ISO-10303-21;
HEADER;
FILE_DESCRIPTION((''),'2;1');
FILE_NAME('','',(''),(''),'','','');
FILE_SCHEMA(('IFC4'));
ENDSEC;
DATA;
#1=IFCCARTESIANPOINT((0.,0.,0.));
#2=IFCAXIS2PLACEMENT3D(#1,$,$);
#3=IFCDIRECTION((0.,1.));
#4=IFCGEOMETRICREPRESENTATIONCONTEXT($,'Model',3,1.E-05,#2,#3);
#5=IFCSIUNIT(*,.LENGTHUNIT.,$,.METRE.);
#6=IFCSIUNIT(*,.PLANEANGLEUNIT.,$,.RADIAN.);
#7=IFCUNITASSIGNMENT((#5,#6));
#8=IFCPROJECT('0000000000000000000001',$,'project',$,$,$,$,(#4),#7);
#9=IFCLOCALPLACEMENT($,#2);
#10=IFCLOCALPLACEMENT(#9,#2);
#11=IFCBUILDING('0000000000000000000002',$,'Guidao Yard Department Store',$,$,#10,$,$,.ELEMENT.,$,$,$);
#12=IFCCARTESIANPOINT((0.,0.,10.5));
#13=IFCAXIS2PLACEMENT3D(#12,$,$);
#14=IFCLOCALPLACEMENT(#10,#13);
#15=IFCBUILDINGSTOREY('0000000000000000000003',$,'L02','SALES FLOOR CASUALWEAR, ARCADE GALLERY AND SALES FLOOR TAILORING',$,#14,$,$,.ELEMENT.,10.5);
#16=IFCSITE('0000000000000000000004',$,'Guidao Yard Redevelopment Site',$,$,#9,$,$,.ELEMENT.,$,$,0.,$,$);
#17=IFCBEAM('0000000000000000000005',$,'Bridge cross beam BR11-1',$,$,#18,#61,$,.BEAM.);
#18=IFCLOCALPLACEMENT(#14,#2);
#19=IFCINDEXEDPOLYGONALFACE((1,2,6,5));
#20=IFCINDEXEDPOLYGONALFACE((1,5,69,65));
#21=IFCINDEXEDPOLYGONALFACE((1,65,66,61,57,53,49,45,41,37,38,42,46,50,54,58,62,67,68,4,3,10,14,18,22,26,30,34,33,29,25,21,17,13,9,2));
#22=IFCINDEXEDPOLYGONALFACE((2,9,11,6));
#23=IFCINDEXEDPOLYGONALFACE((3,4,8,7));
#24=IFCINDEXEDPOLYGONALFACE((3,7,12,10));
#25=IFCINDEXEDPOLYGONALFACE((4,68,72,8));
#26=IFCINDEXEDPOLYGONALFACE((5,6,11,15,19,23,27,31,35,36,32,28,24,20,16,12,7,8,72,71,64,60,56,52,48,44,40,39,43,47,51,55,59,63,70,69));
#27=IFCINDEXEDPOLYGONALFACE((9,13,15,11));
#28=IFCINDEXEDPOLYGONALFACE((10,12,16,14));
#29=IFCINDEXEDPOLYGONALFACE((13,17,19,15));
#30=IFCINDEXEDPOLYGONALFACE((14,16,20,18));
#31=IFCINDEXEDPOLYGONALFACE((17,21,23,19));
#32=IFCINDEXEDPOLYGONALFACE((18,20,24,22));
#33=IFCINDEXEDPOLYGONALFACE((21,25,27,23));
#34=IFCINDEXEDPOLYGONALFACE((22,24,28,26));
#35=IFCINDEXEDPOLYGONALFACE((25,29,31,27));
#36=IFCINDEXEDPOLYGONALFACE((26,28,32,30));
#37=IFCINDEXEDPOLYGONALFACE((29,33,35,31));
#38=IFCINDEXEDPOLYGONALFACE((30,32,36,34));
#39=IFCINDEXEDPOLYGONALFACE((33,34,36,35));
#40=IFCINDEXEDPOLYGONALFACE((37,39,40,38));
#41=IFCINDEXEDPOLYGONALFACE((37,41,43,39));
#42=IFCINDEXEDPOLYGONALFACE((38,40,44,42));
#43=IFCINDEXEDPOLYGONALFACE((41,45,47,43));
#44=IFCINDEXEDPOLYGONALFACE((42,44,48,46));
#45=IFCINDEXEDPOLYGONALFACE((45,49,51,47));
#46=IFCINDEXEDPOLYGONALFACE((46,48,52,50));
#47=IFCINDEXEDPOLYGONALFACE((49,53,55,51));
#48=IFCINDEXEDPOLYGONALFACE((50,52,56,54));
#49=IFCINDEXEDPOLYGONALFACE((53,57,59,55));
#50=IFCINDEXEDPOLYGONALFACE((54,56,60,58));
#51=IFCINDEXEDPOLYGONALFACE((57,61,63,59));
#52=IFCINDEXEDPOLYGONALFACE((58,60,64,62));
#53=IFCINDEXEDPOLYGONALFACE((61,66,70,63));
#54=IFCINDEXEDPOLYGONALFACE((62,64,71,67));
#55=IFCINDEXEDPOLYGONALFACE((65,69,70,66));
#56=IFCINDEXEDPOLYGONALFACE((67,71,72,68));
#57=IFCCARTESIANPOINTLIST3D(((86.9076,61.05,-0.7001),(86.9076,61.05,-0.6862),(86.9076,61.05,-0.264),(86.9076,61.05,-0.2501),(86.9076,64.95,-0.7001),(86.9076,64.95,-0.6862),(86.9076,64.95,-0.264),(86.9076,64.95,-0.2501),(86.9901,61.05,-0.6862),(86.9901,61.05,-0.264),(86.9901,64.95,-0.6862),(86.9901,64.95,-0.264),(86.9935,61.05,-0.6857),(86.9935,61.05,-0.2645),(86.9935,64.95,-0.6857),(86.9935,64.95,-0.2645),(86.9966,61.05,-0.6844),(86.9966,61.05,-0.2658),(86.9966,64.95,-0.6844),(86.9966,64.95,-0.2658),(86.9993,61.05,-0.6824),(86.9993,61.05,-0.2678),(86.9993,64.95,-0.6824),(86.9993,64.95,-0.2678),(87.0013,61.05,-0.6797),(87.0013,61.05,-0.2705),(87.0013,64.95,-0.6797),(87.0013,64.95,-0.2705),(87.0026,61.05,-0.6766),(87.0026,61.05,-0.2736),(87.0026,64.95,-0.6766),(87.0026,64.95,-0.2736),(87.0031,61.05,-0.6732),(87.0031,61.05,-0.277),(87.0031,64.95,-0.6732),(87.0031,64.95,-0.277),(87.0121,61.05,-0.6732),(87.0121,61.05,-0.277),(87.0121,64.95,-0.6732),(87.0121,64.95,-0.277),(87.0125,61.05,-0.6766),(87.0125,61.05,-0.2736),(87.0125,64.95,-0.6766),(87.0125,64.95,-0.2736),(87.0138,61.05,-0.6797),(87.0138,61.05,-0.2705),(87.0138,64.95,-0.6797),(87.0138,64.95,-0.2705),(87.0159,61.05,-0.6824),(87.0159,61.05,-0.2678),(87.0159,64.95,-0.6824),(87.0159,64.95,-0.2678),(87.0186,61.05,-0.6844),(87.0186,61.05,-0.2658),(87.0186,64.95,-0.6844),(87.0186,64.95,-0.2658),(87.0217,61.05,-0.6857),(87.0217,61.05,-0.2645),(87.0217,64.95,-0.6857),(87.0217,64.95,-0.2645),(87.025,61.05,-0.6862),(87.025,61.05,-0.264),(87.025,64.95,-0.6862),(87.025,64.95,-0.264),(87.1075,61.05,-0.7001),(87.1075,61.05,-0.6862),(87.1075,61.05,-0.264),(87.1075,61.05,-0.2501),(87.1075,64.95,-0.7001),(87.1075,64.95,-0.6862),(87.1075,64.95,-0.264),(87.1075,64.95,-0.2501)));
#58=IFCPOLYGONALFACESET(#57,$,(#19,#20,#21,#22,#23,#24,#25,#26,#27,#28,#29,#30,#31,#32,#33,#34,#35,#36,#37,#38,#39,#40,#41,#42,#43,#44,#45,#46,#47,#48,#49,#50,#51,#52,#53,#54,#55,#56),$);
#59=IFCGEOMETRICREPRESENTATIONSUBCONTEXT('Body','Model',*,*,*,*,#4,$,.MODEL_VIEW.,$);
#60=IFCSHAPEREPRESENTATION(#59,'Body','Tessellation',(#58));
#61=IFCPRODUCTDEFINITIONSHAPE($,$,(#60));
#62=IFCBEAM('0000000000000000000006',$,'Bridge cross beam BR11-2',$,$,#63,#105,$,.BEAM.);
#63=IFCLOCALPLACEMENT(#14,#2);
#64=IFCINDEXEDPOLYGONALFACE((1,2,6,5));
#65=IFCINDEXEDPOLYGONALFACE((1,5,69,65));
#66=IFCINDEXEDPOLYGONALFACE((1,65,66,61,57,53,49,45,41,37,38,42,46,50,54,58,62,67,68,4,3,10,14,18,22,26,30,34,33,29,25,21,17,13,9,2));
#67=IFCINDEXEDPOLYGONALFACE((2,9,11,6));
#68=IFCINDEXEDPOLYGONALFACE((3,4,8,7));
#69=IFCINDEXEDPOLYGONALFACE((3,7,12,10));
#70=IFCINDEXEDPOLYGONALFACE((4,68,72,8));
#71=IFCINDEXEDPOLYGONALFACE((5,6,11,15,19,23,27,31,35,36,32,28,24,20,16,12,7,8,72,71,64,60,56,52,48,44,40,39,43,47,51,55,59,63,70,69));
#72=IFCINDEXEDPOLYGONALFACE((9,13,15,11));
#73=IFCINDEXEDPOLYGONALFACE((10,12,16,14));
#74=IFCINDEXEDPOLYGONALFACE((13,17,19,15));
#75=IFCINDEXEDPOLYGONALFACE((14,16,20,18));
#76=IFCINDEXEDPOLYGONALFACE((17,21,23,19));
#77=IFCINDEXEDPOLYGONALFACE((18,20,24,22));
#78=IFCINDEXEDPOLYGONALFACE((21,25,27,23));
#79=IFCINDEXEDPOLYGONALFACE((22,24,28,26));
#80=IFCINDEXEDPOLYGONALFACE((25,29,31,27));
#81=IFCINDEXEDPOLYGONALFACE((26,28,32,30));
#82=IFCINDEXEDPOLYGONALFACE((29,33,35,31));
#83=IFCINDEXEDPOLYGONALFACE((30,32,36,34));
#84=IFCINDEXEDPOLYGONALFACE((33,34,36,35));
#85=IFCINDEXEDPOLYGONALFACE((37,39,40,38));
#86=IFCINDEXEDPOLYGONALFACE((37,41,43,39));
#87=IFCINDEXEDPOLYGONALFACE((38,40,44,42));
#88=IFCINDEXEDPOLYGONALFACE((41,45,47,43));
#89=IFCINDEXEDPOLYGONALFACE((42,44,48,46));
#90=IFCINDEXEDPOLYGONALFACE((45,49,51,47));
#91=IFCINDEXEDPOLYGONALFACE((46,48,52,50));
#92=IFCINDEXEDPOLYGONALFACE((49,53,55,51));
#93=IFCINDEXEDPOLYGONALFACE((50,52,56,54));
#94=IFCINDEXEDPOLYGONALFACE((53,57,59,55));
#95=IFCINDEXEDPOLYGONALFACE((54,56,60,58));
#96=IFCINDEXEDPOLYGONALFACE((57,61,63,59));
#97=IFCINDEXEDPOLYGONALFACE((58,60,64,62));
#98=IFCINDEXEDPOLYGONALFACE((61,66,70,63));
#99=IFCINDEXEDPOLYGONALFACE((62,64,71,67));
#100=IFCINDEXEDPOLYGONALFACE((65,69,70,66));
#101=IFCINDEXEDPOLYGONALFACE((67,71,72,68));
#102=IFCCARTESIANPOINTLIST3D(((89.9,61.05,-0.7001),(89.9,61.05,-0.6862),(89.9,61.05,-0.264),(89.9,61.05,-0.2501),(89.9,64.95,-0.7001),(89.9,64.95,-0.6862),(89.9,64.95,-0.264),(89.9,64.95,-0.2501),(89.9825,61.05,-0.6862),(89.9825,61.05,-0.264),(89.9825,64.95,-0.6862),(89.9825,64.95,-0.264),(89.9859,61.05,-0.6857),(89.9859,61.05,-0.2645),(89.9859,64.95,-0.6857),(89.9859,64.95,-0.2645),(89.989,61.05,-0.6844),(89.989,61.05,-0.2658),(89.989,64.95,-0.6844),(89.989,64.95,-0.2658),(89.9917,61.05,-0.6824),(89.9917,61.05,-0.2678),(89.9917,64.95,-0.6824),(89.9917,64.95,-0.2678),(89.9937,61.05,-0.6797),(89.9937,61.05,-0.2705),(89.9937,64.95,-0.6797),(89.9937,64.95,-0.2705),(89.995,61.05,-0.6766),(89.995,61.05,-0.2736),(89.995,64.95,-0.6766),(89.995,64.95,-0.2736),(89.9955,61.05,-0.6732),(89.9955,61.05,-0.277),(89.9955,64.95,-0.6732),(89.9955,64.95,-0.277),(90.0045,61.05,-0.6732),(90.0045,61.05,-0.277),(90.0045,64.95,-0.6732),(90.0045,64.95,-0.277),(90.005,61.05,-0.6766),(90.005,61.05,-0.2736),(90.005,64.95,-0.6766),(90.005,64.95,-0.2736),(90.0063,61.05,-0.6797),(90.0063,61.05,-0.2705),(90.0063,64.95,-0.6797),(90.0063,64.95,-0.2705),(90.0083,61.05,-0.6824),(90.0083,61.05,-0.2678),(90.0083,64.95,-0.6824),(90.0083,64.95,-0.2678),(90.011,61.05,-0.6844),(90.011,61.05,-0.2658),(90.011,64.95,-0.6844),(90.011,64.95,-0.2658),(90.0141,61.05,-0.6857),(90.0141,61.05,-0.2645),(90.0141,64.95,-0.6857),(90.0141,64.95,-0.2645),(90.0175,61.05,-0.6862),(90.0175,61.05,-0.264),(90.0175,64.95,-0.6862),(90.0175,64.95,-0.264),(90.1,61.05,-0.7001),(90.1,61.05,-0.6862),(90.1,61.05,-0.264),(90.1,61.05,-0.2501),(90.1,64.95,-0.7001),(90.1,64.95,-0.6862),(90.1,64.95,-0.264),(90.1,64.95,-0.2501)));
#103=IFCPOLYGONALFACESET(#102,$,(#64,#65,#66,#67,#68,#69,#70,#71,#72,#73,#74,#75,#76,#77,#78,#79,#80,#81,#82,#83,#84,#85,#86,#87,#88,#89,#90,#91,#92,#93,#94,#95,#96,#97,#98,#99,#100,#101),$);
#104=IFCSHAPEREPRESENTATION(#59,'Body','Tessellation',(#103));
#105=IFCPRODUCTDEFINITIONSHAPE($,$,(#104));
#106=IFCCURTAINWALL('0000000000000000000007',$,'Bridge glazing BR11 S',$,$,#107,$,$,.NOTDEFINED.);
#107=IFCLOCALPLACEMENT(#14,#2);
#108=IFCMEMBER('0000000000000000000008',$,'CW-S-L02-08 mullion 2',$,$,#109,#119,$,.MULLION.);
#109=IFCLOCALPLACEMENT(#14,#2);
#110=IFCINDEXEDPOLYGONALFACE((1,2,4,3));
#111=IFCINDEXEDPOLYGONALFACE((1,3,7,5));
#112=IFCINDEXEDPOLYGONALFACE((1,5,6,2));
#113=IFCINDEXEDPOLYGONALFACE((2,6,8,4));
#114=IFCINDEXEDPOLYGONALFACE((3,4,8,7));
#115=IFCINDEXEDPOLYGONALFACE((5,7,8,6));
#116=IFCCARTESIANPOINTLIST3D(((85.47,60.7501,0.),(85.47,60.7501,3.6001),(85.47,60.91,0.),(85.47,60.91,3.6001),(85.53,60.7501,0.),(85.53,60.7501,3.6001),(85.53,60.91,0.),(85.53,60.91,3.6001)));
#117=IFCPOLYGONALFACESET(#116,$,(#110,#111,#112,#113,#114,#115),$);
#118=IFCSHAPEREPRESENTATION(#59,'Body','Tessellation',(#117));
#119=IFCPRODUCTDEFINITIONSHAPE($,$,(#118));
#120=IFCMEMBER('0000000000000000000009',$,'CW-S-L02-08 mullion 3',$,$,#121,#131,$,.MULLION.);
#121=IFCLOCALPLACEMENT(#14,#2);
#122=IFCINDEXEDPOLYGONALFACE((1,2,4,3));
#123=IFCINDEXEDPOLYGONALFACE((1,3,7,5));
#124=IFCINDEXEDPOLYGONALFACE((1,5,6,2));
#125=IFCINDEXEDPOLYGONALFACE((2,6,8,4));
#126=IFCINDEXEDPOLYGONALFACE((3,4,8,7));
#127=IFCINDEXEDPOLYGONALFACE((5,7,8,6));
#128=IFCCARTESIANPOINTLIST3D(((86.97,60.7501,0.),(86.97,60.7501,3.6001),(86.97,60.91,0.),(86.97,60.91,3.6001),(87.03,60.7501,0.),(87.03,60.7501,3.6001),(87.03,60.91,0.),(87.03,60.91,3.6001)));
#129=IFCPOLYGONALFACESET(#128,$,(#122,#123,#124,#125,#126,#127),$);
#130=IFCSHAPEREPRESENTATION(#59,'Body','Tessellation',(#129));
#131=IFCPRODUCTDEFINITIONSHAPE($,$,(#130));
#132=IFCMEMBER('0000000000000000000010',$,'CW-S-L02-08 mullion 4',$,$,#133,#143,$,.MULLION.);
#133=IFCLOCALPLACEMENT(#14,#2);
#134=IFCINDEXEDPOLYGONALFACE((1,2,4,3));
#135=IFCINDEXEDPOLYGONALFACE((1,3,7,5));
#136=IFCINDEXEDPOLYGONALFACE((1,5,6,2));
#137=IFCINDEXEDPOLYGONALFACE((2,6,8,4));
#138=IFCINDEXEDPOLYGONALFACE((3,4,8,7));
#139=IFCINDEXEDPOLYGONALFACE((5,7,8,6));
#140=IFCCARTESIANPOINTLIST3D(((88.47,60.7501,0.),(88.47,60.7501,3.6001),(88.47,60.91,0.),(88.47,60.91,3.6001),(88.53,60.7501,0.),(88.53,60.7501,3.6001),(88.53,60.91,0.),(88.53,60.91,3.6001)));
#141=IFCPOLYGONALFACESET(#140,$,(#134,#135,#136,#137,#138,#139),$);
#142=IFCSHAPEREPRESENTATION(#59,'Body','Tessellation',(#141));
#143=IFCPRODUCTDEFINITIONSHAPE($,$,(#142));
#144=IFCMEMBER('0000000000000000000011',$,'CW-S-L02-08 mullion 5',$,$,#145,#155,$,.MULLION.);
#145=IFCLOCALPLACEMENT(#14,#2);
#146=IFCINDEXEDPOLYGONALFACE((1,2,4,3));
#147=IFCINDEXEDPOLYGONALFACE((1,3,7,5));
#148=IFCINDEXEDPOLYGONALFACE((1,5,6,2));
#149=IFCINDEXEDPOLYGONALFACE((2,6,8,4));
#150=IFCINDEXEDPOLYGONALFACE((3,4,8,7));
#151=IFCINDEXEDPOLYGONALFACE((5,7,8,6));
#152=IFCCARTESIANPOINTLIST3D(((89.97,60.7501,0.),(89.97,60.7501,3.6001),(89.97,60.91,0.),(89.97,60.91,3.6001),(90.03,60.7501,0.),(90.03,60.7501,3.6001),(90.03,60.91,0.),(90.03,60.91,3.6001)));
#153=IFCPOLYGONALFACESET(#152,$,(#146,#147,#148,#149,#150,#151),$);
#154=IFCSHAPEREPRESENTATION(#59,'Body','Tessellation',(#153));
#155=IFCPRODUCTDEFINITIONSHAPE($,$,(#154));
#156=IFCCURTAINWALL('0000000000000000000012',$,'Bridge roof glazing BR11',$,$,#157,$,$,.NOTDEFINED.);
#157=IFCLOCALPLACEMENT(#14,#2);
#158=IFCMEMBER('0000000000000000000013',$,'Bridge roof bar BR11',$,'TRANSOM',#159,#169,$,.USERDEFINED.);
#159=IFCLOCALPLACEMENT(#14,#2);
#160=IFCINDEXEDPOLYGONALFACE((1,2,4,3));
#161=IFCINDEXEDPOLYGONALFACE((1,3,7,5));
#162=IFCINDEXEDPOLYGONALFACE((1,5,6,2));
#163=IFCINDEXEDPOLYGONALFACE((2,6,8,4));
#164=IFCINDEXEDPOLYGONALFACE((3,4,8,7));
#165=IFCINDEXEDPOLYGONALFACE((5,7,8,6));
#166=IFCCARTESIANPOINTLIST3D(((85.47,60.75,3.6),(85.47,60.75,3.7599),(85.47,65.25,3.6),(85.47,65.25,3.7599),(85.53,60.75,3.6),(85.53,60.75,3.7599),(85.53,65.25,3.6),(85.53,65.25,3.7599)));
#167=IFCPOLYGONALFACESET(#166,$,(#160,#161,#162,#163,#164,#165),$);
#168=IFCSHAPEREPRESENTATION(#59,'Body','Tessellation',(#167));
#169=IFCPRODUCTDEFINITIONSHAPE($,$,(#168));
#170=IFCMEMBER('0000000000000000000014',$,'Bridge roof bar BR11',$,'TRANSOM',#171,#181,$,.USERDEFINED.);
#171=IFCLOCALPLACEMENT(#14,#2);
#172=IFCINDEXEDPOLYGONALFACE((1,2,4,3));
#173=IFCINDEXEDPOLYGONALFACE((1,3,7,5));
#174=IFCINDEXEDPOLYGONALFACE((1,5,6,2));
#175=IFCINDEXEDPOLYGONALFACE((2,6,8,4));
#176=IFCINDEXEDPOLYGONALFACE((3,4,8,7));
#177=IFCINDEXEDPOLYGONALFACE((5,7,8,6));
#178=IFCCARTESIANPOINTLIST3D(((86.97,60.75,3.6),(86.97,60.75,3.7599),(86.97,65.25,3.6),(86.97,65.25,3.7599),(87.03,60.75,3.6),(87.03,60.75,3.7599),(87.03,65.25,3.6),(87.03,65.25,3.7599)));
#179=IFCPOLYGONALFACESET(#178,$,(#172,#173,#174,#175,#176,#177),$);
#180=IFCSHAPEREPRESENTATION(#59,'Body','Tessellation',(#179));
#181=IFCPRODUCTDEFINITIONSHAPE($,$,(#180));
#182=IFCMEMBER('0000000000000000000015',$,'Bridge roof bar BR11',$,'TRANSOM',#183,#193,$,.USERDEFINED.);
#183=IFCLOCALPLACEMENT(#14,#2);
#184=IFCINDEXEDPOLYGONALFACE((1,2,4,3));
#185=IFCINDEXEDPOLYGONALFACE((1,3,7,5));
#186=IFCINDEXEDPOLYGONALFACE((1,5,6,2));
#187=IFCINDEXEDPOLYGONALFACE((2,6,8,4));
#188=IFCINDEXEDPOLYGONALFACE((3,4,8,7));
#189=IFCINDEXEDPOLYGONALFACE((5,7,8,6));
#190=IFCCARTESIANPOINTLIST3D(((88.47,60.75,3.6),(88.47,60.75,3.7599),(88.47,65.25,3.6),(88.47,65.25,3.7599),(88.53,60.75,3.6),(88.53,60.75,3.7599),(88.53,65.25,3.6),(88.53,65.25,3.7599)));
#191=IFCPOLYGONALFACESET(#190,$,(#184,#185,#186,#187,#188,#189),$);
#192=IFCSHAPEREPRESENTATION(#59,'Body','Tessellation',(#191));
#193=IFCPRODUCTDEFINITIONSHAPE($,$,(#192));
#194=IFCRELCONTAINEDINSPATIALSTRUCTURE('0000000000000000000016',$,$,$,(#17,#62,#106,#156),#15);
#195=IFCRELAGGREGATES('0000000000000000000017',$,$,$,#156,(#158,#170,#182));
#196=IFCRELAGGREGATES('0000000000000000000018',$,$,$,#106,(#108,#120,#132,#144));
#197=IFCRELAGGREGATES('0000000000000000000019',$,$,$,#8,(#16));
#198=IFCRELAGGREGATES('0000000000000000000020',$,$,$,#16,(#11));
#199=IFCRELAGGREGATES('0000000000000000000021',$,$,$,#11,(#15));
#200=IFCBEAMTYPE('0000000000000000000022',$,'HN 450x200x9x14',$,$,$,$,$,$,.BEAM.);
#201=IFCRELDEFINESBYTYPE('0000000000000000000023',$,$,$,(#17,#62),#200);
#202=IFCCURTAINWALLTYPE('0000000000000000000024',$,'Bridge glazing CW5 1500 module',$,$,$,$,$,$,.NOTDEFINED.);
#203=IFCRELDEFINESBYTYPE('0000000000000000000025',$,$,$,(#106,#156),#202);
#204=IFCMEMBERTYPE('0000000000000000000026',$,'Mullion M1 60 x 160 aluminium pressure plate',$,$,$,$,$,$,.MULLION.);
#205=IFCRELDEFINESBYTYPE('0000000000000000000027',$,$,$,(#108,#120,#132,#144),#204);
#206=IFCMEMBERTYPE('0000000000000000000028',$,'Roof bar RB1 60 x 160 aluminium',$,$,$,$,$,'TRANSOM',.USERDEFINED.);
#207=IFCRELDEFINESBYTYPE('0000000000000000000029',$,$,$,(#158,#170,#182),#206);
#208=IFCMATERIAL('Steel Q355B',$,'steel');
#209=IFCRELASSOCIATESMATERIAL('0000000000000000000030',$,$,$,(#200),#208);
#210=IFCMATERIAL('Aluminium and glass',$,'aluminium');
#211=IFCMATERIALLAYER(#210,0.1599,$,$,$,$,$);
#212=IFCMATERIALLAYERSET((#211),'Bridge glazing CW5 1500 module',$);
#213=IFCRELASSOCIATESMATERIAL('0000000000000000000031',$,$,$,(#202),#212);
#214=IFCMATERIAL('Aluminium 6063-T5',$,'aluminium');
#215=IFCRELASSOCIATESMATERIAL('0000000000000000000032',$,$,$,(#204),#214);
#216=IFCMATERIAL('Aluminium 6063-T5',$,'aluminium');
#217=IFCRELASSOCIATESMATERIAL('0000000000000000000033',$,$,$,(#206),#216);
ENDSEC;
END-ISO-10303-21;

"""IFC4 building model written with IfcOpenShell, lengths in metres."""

from ifc_helpers import new_model, si_unit, direction, frame, origin, origin_2d, place, context, subcontext, project, spatial, rectangle, i_section, extrude, material, layer, layer_set, material_profile, profile_set, type_object, element, aggregate, save


model = new_model("IFC4")

# Units and contexts
model_context = context("Model", 3, precision=1e-05, world=origin(), true_north=direction((0.0, 1.0)))
body_context = subcontext(model_context, "Body", "Model", "MODEL_VIEW")
ifc_project = project(units=[si_unit("LENGTHUNIT", "METRE"), si_unit("PLANEANGLEUNIT", "RADIAN")], contexts=[model_context])

# Site, building, storey
site_placement = place(None, origin())
site = spatial("IfcSite", under=ifc_project, at=site_placement, Name="Guidao Yard Redevelopment Site", CompositionType="ELEMENT", RefElevation=0.0)
building_placement = place(site_placement, origin())
building = spatial("IfcBuilding", under=site, at=building_placement, Name="Guidao Yard Department Store", CompositionType="ELEMENT")
storey_placement = place(building_placement, frame((0.0, 0.0, 10.5)))
storey = spatial("IfcBuildingStorey", under=building, at=storey_placement, Name="L02", Description="SALES FLOOR CASUALWEAR, ARCADE GALLERY AND SALES FLOOR TAILORING", CompositionType="ELEMENT", Elevation=10.5)

# Beams
ifc_material_1 = material(Name="Steel Q355B", Category="steel")
ifc_material_profile_1 = material_profile(ifc_material_1, i_section(OverallWidth=0.2, OverallDepth=0.45, WebThickness=0.009, FlangeThickness=0.0139, FilletRadius=0.0129, at=origin_2d()), Name="HN 450x200x9x14")
ifc_profile_set_1 = profile_set([ifc_material_profile_1], Name="Steel Q355B")
beam_type = type_object("IfcBeamType", Name="HN 450x200x9x14", PredefinedType="BEAM", material=ifc_profile_set_1)
for number, where, z_axis, x_axis, name in (
    (1, (87.0076, 61.05, -0.4751), (0.0, 1.0, 0.0), (-1.0, 0.0, 0.0), "Bridge cross beam BR11-1"),
    (2, (90.0, 61.05, -0.4751), (0.0, 1.0, 0.0), (-1.0, 0.0, 0.0), "Bridge cross beam BR11-2"),
):
    element("IfcBeam", number, at=place(storey_placement, frame(where, z_axis=z_axis, x_axis=x_axis)), inside=storey, type_object=beam_type, Name=name, PredefinedType="BEAM", context=body_context, shape_type="SweptSolid", body=[
        extrude(i_section(OverallWidth=0.2, OverallDepth=0.45, WebThickness=0.009, FlangeThickness=0.0139, FilletRadius=0.0129, at=origin_2d()), origin(), (0.0, 0.0, 1.0), 3.8999),
    ])

# Curtain walls, members
ifc_material_2 = material(Name="Aluminium and glass", Category="aluminium")
ifc_layer_1 = layer(ifc_material_2, 0.1599)
ifc_layer_set_1 = layer_set([ifc_layer_1], Name="Bridge glazing CW5 1500 module")
curtain_wall_type = type_object("IfcCurtainWallType", Name="Bridge glazing CW5 1500 module", PredefinedType="NOTDEFINED", material=ifc_layer_set_1)
curtain_wall_1_placement = place(storey_placement, origin())
curtain_wall_1 = element("IfcCurtainWall", 3, at=curtain_wall_1_placement, inside=storey, type_object=curtain_wall_type, Name="Bridge glazing BR11 S", PredefinedType="NOTDEFINED")
ifc_material_3 = material(Name="Aluminium 6063-T5", Category="aluminium")
ifc_material_profile_2 = material_profile(ifc_material_3, rectangle(XDim=0.0601, YDim=0.1599, at=origin_2d()), Name="Mullion M1 60 x 160 aluminium pressure plate")
ifc_profile_set_2 = profile_set([ifc_material_profile_2], Name="Aluminium 6063-T5")
member_type_1 = type_object("IfcMemberType", Name="Mullion M1 60 x 160 aluminium pressure plate", PredefinedType="MULLION", material=ifc_profile_set_2)
member_1_placement = place(storey_placement, frame((85.5, 60.8301, 0.0), z_axis=(0.0, 0.0, 1.0), x_axis=(-1.0, 0.0, 0.0)))
member_1 = element("IfcMember", 4, at=member_1_placement, type_object=member_type_1, Name="CW-S-L02-08 mullion 2", PredefinedType="MULLION", context=body_context, shape_type="SweptSolid", body=[
    extrude(rectangle(XDim=0.0601, YDim=0.1599, at=origin_2d()), origin(), (0.0, 0.0, 1.0), 3.6001),
])
member_2_placement = place(storey_placement, frame((87.0, 60.8301, 0.0), z_axis=(0.0, 0.0, 1.0), x_axis=(-1.0, 0.0, 0.0)))
member_2 = element("IfcMember", 5, at=member_2_placement, type_object=member_type_1, Name="CW-S-L02-08 mullion 3", PredefinedType="MULLION", context=body_context, shape_type="SweptSolid", body=[
    extrude(rectangle(XDim=0.0601, YDim=0.1599, at=origin_2d()), origin(), (0.0, 0.0, 1.0), 3.6001),
])
member_3_placement = place(storey_placement, frame((88.5, 60.8301, 0.0), z_axis=(0.0, 0.0, 1.0), x_axis=(-1.0, 0.0, 0.0)))
member_3 = element("IfcMember", 6, at=member_3_placement, type_object=member_type_1, Name="CW-S-L02-08 mullion 4", PredefinedType="MULLION", context=body_context, shape_type="SweptSolid", body=[
    extrude(rectangle(XDim=0.0601, YDim=0.1599, at=origin_2d()), origin(), (0.0, 0.0, 1.0), 3.6001),
])
member_4_placement = place(storey_placement, frame((90.0, 60.8301, 0.0), z_axis=(0.0, 0.0, 1.0), x_axis=(-1.0, 0.0, 0.0)))
member_4 = element("IfcMember", 7, at=member_4_placement, type_object=member_type_1, Name="CW-S-L02-08 mullion 5", PredefinedType="MULLION", context=body_context, shape_type="SweptSolid", body=[
    extrude(rectangle(XDim=0.0601, YDim=0.1599, at=origin_2d()), origin(), (0.0, 0.0, 1.0), 3.6001),
])
curtain_wall_2_placement = place(storey_placement, origin())
curtain_wall_2 = element("IfcCurtainWall", 8, at=curtain_wall_2_placement, inside=storey, type_object=curtain_wall_type, Name="Bridge roof glazing BR11", PredefinedType="NOTDEFINED")
ifc_material_4 = material(Name="Aluminium 6063-T5", Category="aluminium")
ifc_material_profile_3 = material_profile(ifc_material_4, rectangle(XDim=0.0601, YDim=0.1599, at=origin_2d()), Name="Roof bar RB1 60 x 160 aluminium")
ifc_profile_set_3 = profile_set([ifc_material_profile_3], Name="Aluminium 6063-T5")
member_type_2 = type_object("IfcMemberType", Name="Roof bar RB1 60 x 160 aluminium", ElementType="TRANSOM", PredefinedType="USERDEFINED", material=ifc_profile_set_3)
member_5_placement = place(storey_placement, frame((85.5, 60.75, 3.6799), z_axis=(0.0, 1.0, 0.0), x_axis=(-1.0, 0.0, 0.0)))
member_5 = element("IfcMember", 9, at=member_5_placement, type_object=member_type_2, Name="Bridge roof bar BR11", ObjectType="TRANSOM", PredefinedType="USERDEFINED", context=body_context, shape_type="SweptSolid", body=[
    extrude(rectangle(XDim=0.0601, YDim=0.1599, at=origin_2d()), origin(), (0.0, 0.0, 1.0), 4.5),
])
member_6_placement = place(storey_placement, frame((87.0, 60.75, 3.6799), z_axis=(0.0, 1.0, 0.0), x_axis=(-1.0, 0.0, 0.0)))
member_6 = element("IfcMember", 10, at=member_6_placement, type_object=member_type_2, Name="Bridge roof bar BR11", ObjectType="TRANSOM", PredefinedType="USERDEFINED", context=body_context, shape_type="SweptSolid", body=[
    extrude(rectangle(XDim=0.0601, YDim=0.1599, at=origin_2d()), origin(), (0.0, 0.0, 1.0), 4.5),
])
member_7_placement = place(storey_placement, frame((88.5, 60.75, 3.6799), z_axis=(0.0, 1.0, 0.0), x_axis=(-1.0, 0.0, 0.0)))
member_7 = element("IfcMember", 11, at=member_7_placement, type_object=member_type_2, Name="Bridge roof bar BR11", ObjectType="TRANSOM", PredefinedType="USERDEFINED", context=body_context, shape_type="SweptSolid", body=[
    extrude(rectangle(XDim=0.0601, YDim=0.1599, at=origin_2d()), origin(), (0.0, 0.0, 1.0), 4.5),
])
aggregate(curtain_wall_2, [member_5, member_6, member_7])

aggregate(curtain_wall_1, [member_1, member_2, member_3, member_4])

save(model, "model.ifc")
